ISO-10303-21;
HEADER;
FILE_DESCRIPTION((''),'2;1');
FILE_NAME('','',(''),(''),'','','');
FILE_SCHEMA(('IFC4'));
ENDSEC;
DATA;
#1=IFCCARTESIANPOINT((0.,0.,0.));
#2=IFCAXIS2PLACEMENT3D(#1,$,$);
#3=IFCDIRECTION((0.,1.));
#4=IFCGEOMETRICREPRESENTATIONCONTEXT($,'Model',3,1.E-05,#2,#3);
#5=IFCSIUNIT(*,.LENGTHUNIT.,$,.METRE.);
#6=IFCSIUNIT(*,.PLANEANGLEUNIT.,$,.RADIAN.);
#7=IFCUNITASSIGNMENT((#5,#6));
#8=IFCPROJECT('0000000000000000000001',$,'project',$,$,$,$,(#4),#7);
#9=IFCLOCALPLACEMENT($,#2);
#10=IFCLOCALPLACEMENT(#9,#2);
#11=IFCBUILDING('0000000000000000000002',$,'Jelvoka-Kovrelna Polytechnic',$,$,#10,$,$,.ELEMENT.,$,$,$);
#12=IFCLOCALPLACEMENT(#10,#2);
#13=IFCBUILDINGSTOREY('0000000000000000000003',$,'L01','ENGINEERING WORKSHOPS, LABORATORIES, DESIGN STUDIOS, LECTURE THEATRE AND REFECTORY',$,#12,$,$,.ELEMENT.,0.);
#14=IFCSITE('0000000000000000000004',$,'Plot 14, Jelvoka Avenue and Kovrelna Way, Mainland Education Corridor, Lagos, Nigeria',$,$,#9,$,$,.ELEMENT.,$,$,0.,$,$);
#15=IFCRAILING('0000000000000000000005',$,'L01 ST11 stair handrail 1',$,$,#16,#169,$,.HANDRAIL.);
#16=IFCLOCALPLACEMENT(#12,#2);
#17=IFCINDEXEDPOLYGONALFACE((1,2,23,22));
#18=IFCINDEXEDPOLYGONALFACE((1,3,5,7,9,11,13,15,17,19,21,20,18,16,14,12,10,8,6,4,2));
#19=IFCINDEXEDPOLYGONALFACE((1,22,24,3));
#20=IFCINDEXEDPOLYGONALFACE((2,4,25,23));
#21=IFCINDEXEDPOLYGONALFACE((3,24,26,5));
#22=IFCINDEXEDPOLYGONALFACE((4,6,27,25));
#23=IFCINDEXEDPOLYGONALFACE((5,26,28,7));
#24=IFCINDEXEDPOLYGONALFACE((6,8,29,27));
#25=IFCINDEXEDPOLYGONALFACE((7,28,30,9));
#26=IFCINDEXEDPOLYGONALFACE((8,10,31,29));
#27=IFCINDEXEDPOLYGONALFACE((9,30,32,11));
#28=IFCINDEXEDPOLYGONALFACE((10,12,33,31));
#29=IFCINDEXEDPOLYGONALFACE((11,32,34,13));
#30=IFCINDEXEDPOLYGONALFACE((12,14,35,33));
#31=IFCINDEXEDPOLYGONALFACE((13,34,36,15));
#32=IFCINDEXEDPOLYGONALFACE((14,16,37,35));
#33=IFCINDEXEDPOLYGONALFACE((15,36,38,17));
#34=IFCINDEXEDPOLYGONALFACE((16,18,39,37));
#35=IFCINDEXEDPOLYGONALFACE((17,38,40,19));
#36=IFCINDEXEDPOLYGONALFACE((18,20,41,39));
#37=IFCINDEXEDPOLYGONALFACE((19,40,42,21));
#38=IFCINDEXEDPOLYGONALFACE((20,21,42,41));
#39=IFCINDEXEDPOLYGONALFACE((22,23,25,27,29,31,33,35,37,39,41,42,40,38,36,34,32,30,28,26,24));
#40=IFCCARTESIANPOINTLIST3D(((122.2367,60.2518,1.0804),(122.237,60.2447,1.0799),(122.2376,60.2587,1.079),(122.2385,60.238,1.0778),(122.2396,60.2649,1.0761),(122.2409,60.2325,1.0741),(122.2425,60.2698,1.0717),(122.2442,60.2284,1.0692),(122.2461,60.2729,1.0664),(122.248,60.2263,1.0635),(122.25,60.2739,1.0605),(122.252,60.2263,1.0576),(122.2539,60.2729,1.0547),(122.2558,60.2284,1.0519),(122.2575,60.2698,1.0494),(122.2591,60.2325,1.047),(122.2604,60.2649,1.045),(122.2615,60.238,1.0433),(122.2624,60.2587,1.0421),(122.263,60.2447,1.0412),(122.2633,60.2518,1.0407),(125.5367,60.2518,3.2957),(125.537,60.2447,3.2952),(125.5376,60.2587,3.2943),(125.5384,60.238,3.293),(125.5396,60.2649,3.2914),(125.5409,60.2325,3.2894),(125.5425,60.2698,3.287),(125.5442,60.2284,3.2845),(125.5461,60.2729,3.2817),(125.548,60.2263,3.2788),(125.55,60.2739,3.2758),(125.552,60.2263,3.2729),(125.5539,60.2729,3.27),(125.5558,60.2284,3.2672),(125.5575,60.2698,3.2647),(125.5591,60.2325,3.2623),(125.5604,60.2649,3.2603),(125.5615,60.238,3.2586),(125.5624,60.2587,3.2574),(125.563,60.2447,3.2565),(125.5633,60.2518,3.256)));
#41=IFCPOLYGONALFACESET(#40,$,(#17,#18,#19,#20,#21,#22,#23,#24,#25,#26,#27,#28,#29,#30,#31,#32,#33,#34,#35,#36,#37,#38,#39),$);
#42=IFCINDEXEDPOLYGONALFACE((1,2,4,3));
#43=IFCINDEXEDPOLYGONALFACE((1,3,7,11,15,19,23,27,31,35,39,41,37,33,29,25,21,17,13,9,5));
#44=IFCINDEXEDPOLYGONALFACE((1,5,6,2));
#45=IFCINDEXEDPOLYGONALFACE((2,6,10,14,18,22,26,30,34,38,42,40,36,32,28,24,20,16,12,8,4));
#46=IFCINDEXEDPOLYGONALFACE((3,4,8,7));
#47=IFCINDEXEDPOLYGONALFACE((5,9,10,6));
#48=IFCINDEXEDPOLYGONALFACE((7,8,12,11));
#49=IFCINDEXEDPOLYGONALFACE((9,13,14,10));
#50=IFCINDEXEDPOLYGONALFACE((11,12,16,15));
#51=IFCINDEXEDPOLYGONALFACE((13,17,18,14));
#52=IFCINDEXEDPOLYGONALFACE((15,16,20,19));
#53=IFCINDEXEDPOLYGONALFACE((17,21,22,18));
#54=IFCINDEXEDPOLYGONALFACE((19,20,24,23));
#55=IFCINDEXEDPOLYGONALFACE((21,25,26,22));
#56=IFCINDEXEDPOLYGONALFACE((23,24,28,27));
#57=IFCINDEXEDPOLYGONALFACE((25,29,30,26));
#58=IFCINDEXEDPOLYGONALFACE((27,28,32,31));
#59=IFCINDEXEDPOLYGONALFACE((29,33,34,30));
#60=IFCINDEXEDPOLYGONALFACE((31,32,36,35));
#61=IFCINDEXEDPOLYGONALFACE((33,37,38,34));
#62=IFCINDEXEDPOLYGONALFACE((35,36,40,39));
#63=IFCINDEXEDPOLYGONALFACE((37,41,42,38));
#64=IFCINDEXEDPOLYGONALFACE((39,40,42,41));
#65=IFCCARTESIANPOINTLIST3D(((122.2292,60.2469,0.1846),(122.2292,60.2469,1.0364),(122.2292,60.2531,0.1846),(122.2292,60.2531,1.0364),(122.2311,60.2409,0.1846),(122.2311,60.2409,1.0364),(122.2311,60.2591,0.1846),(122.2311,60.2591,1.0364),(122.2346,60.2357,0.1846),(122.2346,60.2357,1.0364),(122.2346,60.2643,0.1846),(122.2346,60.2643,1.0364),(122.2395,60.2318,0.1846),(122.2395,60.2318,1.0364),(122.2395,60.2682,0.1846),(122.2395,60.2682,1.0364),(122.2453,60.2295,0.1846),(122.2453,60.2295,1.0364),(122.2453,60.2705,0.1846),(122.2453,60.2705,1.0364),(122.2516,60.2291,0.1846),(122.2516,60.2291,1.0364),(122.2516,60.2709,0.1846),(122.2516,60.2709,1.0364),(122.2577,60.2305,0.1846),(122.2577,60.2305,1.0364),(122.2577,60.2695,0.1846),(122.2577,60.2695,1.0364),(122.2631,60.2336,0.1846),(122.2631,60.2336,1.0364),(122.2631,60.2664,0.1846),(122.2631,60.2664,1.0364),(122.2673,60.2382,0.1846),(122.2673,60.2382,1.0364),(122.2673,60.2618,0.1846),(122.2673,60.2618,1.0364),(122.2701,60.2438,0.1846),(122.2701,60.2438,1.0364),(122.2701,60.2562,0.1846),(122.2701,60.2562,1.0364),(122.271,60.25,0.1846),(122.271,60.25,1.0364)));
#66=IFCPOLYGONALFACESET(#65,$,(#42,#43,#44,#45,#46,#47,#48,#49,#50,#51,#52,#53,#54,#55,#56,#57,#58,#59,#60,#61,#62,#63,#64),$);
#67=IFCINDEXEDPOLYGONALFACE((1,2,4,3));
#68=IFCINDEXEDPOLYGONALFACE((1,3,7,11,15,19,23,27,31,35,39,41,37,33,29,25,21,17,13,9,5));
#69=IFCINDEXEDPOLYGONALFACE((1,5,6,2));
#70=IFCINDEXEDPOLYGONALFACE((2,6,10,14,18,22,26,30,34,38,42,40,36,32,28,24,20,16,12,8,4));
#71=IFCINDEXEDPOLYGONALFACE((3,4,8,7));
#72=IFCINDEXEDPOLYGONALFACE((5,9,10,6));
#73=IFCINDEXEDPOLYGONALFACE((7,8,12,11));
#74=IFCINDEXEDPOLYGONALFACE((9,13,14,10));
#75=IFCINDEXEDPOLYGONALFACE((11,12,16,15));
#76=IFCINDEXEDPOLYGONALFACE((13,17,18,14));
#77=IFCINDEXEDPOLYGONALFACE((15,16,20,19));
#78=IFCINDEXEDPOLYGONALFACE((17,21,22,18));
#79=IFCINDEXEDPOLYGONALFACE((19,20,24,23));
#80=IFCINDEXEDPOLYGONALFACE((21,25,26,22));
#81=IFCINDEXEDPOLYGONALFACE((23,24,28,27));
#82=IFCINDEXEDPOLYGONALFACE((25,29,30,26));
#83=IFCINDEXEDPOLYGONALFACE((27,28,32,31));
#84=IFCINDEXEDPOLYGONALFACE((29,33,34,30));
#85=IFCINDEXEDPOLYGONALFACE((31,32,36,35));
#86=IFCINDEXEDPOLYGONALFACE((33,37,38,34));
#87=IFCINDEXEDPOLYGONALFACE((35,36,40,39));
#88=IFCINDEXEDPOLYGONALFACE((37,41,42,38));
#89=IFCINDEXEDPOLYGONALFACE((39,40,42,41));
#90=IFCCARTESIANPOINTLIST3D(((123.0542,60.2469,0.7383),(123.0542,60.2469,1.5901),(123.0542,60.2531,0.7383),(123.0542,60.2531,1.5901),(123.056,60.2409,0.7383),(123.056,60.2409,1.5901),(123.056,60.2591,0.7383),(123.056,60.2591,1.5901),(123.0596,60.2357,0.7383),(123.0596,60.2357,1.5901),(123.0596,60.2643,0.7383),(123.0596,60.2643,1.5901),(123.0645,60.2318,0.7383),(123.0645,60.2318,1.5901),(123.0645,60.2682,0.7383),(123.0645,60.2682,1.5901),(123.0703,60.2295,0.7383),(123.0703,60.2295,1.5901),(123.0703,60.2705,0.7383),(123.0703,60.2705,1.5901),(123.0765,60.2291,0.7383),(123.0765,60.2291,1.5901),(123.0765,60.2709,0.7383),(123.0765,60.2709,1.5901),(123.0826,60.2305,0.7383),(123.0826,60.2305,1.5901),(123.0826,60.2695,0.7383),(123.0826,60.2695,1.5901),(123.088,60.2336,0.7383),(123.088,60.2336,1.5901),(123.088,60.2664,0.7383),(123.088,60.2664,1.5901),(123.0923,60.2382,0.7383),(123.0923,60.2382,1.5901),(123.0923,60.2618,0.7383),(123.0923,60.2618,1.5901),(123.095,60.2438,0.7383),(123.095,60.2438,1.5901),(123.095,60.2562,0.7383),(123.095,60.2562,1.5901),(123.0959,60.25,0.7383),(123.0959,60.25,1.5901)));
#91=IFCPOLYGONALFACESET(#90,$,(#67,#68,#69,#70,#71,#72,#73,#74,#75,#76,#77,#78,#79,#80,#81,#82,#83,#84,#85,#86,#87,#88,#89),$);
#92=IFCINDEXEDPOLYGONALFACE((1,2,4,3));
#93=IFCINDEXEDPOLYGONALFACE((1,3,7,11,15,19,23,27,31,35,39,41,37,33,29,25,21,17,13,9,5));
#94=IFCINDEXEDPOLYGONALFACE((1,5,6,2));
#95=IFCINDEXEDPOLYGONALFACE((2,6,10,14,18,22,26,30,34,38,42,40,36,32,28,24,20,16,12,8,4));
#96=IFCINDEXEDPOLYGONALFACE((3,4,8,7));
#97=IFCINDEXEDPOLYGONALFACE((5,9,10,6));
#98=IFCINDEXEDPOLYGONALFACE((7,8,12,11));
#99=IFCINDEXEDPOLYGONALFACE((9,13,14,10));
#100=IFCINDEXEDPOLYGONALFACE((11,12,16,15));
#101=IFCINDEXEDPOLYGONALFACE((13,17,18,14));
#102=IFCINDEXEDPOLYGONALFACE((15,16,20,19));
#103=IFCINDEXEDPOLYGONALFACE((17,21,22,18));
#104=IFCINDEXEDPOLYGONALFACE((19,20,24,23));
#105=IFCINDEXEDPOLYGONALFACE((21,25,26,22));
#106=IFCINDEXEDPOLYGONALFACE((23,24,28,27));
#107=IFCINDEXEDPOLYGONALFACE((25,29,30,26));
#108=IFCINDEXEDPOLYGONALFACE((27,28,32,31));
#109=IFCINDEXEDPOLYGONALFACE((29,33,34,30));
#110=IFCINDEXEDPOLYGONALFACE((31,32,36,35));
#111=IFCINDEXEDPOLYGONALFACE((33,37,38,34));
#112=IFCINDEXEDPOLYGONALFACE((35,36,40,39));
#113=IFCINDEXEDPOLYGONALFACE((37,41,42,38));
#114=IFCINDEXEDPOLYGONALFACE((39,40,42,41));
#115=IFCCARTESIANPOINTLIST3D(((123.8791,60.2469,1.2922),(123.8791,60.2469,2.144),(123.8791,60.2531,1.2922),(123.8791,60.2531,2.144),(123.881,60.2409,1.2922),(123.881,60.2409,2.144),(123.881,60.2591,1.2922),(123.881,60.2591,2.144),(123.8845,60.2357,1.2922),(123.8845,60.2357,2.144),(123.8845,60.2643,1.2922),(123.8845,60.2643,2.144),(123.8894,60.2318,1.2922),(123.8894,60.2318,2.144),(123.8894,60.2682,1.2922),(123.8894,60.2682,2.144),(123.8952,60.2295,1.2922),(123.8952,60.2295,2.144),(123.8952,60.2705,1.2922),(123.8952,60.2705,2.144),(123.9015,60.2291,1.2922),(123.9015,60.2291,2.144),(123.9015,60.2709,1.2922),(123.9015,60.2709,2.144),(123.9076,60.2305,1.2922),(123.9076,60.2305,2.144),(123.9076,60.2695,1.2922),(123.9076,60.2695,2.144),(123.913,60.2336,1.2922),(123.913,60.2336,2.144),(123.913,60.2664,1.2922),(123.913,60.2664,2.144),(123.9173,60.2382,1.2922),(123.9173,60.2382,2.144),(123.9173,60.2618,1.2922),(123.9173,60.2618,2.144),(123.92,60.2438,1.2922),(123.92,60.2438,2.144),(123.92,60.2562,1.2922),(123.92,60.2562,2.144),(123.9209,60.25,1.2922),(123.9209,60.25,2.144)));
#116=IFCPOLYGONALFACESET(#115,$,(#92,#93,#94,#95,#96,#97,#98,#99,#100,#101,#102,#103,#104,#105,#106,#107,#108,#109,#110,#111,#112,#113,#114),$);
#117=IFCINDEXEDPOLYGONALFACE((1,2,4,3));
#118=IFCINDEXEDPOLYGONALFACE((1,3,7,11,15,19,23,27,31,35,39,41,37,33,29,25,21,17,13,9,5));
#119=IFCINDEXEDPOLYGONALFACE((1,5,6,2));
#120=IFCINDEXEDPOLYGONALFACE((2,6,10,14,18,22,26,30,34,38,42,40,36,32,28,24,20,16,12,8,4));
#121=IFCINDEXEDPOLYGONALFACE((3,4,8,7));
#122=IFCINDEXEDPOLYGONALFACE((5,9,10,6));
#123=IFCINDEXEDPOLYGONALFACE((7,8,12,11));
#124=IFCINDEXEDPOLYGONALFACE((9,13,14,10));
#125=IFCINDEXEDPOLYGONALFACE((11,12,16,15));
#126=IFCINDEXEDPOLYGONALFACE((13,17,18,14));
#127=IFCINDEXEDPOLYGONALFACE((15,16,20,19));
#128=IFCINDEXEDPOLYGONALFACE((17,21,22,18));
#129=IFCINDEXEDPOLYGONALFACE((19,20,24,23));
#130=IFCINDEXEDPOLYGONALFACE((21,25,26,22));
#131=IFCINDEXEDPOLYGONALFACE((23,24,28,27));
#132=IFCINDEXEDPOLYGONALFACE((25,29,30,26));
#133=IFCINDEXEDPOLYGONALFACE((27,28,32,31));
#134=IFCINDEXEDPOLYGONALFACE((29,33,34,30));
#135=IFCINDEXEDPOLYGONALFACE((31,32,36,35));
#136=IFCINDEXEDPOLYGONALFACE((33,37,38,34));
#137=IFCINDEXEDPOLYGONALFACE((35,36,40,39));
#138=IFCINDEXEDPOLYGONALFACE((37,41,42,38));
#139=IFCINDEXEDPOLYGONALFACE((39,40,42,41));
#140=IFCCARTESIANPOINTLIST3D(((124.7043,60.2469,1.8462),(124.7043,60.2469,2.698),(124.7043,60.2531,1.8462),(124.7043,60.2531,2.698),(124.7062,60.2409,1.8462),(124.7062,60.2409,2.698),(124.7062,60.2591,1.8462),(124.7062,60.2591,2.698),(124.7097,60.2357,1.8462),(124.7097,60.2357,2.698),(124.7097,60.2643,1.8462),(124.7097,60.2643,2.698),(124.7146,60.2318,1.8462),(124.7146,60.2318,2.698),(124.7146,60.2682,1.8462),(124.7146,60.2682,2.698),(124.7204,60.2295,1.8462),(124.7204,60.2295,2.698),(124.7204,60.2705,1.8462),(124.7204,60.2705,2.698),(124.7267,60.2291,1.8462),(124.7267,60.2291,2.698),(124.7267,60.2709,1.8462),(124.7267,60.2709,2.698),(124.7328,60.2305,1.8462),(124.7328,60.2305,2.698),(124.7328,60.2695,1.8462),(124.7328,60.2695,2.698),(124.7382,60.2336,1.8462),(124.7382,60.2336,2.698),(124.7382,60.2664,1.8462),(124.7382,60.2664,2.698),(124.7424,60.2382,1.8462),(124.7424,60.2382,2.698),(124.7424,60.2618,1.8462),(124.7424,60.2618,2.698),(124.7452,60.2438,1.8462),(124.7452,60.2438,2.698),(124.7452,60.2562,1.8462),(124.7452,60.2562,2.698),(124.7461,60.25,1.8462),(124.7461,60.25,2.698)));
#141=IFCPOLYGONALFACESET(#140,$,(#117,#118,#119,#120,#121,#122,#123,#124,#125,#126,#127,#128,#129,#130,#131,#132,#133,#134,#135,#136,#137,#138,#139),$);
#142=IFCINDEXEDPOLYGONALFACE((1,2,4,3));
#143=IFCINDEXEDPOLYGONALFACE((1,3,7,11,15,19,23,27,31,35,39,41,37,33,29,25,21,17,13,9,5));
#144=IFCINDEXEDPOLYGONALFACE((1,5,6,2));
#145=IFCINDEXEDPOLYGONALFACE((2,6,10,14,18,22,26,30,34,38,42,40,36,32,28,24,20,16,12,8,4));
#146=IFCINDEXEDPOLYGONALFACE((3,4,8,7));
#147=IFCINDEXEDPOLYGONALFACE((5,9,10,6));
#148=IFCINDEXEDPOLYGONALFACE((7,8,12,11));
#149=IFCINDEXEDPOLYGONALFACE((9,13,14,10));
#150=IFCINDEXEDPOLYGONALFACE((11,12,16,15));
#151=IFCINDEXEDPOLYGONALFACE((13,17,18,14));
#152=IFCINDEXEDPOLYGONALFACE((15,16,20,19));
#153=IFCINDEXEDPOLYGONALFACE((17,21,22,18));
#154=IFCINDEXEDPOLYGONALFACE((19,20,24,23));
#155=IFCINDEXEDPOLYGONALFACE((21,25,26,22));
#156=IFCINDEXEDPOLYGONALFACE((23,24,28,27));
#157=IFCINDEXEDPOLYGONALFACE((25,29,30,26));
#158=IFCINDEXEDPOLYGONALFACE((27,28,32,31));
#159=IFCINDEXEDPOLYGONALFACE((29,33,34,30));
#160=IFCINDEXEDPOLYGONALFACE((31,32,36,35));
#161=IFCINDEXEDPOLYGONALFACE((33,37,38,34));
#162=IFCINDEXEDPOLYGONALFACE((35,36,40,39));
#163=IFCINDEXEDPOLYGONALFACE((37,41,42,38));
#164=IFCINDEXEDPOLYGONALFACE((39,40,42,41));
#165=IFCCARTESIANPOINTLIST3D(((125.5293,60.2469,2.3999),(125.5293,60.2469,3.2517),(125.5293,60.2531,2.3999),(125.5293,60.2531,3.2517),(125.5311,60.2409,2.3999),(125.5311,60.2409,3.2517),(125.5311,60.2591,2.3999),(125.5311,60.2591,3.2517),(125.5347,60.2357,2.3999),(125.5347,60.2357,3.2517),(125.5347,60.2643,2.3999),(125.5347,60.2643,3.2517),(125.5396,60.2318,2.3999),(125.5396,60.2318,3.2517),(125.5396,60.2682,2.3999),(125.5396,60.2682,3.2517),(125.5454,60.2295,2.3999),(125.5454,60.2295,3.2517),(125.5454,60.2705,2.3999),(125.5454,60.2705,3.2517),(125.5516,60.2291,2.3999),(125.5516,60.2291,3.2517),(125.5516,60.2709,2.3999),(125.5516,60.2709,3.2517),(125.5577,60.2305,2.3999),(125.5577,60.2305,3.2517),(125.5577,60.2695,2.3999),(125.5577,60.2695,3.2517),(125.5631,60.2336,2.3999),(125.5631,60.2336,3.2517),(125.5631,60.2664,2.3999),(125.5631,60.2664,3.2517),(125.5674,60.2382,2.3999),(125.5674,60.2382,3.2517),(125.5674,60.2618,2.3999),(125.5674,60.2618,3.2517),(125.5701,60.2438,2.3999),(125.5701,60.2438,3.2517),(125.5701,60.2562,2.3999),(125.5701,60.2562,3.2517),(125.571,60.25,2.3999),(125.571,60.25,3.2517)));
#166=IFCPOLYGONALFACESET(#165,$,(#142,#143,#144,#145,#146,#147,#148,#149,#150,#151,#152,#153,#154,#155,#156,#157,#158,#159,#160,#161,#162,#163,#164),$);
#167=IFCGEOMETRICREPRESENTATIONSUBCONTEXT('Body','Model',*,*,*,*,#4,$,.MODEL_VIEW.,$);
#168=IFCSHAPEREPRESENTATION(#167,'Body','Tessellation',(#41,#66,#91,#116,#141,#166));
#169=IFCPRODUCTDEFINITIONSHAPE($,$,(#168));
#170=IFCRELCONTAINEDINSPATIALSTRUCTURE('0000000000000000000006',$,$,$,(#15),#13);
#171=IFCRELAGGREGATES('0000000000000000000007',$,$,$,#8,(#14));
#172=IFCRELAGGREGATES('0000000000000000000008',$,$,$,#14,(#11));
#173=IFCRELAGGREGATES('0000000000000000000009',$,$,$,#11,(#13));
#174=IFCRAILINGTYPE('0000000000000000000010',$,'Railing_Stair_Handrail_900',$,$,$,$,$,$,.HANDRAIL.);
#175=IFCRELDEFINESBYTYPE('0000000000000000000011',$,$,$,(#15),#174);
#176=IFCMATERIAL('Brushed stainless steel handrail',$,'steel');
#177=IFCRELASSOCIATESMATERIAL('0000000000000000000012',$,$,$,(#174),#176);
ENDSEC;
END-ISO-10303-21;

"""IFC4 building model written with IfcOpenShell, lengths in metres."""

from ifc_helpers import new_model, si_unit, direction, frame, origin, origin_2d, place, context, subcontext, project, spatial, circle, extrude, material, type_object, element, save


model = new_model("IFC4")

# Units and contexts
model_context = context("Model", 3, precision=1e-05, world=origin(), true_north=direction((0.0, 1.0)))
body_context = subcontext(model_context, "Body", "Model", "MODEL_VIEW")
ifc_project = project(units=[si_unit("LENGTHUNIT", "METRE"), si_unit("PLANEANGLEUNIT", "RADIAN")], contexts=[model_context])

# Site, building, storey
site_placement = place(None, origin())
site = spatial("IfcSite", under=ifc_project, at=site_placement, Name="Plot 14, Jelvoka Avenue and Kovrelna Way, Mainland Education Corridor, Lagos, Nigeria", CompositionType="ELEMENT", RefElevation=0.0)
building_placement = place(site_placement, origin())
building = spatial("IfcBuilding", under=site, at=building_placement, Name="Jelvoka-Kovrelna Polytechnic", CompositionType="ELEMENT")
storey_placement = place(building_placement, origin())
storey = spatial("IfcBuildingStorey", under=building, at=storey_placement, Name="L01", Description="ENGINEERING WORKSHOPS, LABORATORIES, DESIGN STUDIOS, LECTURE THEATRE AND REFECTORY", CompositionType="ELEMENT", Elevation=0.0)

# Railing
ifc_material_1 = material(Name="Brushed stainless steel handrail", Category="steel")
railing_type_1 = type_object("IfcRailingType", Name="Railing_Stair_Handrail_900", PredefinedType="HANDRAIL", material=ifc_material_1)
railing_1_placement = place(storey_placement, frame((122.25, 60.25, 0.1846)))
element("IfcRailing", 1, at=railing_1_placement, inside=storey, type_object=railing_type_1, Name="L01 ST11 stair handrail 1", PredefinedType="HANDRAIL", context=body_context, shape_type="SweptSolid", body=[
    extrude(circle(Radius=0.0239, at=origin_2d()), frame((0.0, 0.0, 0.876), z_axis=(0.830269, 0.0, 0.557362), x_axis=(0.0, 1.0, 0.0)), (0.0, 0.0, 1.0), 3.9746),
    extrude(circle(Radius=0.021, at=origin_2d()), origin(), (0.0, 0.0, 1.0), 0.8518),
    extrude(circle(Radius=0.021, at=origin_2d()), frame((0.825, 0.0, 0.5537)), (0.0, 0.0, 1.0), 0.8518),
    extrude(circle(Radius=0.021, at=origin_2d()), frame((1.6499, 0.0, 1.1077)), (0.0, 0.0, 1.0), 0.8518),
    extrude(circle(Radius=0.021, at=origin_2d()), frame((2.4751, 0.0, 1.6616)), (0.0, 0.0, 1.0), 0.8518),
    extrude(circle(Radius=0.021, at=origin_2d()), frame((3.3, 0.0, 2.2153)), (0.0, 0.0, 1.0), 0.8518),
])

save(model, "model.ifc")
